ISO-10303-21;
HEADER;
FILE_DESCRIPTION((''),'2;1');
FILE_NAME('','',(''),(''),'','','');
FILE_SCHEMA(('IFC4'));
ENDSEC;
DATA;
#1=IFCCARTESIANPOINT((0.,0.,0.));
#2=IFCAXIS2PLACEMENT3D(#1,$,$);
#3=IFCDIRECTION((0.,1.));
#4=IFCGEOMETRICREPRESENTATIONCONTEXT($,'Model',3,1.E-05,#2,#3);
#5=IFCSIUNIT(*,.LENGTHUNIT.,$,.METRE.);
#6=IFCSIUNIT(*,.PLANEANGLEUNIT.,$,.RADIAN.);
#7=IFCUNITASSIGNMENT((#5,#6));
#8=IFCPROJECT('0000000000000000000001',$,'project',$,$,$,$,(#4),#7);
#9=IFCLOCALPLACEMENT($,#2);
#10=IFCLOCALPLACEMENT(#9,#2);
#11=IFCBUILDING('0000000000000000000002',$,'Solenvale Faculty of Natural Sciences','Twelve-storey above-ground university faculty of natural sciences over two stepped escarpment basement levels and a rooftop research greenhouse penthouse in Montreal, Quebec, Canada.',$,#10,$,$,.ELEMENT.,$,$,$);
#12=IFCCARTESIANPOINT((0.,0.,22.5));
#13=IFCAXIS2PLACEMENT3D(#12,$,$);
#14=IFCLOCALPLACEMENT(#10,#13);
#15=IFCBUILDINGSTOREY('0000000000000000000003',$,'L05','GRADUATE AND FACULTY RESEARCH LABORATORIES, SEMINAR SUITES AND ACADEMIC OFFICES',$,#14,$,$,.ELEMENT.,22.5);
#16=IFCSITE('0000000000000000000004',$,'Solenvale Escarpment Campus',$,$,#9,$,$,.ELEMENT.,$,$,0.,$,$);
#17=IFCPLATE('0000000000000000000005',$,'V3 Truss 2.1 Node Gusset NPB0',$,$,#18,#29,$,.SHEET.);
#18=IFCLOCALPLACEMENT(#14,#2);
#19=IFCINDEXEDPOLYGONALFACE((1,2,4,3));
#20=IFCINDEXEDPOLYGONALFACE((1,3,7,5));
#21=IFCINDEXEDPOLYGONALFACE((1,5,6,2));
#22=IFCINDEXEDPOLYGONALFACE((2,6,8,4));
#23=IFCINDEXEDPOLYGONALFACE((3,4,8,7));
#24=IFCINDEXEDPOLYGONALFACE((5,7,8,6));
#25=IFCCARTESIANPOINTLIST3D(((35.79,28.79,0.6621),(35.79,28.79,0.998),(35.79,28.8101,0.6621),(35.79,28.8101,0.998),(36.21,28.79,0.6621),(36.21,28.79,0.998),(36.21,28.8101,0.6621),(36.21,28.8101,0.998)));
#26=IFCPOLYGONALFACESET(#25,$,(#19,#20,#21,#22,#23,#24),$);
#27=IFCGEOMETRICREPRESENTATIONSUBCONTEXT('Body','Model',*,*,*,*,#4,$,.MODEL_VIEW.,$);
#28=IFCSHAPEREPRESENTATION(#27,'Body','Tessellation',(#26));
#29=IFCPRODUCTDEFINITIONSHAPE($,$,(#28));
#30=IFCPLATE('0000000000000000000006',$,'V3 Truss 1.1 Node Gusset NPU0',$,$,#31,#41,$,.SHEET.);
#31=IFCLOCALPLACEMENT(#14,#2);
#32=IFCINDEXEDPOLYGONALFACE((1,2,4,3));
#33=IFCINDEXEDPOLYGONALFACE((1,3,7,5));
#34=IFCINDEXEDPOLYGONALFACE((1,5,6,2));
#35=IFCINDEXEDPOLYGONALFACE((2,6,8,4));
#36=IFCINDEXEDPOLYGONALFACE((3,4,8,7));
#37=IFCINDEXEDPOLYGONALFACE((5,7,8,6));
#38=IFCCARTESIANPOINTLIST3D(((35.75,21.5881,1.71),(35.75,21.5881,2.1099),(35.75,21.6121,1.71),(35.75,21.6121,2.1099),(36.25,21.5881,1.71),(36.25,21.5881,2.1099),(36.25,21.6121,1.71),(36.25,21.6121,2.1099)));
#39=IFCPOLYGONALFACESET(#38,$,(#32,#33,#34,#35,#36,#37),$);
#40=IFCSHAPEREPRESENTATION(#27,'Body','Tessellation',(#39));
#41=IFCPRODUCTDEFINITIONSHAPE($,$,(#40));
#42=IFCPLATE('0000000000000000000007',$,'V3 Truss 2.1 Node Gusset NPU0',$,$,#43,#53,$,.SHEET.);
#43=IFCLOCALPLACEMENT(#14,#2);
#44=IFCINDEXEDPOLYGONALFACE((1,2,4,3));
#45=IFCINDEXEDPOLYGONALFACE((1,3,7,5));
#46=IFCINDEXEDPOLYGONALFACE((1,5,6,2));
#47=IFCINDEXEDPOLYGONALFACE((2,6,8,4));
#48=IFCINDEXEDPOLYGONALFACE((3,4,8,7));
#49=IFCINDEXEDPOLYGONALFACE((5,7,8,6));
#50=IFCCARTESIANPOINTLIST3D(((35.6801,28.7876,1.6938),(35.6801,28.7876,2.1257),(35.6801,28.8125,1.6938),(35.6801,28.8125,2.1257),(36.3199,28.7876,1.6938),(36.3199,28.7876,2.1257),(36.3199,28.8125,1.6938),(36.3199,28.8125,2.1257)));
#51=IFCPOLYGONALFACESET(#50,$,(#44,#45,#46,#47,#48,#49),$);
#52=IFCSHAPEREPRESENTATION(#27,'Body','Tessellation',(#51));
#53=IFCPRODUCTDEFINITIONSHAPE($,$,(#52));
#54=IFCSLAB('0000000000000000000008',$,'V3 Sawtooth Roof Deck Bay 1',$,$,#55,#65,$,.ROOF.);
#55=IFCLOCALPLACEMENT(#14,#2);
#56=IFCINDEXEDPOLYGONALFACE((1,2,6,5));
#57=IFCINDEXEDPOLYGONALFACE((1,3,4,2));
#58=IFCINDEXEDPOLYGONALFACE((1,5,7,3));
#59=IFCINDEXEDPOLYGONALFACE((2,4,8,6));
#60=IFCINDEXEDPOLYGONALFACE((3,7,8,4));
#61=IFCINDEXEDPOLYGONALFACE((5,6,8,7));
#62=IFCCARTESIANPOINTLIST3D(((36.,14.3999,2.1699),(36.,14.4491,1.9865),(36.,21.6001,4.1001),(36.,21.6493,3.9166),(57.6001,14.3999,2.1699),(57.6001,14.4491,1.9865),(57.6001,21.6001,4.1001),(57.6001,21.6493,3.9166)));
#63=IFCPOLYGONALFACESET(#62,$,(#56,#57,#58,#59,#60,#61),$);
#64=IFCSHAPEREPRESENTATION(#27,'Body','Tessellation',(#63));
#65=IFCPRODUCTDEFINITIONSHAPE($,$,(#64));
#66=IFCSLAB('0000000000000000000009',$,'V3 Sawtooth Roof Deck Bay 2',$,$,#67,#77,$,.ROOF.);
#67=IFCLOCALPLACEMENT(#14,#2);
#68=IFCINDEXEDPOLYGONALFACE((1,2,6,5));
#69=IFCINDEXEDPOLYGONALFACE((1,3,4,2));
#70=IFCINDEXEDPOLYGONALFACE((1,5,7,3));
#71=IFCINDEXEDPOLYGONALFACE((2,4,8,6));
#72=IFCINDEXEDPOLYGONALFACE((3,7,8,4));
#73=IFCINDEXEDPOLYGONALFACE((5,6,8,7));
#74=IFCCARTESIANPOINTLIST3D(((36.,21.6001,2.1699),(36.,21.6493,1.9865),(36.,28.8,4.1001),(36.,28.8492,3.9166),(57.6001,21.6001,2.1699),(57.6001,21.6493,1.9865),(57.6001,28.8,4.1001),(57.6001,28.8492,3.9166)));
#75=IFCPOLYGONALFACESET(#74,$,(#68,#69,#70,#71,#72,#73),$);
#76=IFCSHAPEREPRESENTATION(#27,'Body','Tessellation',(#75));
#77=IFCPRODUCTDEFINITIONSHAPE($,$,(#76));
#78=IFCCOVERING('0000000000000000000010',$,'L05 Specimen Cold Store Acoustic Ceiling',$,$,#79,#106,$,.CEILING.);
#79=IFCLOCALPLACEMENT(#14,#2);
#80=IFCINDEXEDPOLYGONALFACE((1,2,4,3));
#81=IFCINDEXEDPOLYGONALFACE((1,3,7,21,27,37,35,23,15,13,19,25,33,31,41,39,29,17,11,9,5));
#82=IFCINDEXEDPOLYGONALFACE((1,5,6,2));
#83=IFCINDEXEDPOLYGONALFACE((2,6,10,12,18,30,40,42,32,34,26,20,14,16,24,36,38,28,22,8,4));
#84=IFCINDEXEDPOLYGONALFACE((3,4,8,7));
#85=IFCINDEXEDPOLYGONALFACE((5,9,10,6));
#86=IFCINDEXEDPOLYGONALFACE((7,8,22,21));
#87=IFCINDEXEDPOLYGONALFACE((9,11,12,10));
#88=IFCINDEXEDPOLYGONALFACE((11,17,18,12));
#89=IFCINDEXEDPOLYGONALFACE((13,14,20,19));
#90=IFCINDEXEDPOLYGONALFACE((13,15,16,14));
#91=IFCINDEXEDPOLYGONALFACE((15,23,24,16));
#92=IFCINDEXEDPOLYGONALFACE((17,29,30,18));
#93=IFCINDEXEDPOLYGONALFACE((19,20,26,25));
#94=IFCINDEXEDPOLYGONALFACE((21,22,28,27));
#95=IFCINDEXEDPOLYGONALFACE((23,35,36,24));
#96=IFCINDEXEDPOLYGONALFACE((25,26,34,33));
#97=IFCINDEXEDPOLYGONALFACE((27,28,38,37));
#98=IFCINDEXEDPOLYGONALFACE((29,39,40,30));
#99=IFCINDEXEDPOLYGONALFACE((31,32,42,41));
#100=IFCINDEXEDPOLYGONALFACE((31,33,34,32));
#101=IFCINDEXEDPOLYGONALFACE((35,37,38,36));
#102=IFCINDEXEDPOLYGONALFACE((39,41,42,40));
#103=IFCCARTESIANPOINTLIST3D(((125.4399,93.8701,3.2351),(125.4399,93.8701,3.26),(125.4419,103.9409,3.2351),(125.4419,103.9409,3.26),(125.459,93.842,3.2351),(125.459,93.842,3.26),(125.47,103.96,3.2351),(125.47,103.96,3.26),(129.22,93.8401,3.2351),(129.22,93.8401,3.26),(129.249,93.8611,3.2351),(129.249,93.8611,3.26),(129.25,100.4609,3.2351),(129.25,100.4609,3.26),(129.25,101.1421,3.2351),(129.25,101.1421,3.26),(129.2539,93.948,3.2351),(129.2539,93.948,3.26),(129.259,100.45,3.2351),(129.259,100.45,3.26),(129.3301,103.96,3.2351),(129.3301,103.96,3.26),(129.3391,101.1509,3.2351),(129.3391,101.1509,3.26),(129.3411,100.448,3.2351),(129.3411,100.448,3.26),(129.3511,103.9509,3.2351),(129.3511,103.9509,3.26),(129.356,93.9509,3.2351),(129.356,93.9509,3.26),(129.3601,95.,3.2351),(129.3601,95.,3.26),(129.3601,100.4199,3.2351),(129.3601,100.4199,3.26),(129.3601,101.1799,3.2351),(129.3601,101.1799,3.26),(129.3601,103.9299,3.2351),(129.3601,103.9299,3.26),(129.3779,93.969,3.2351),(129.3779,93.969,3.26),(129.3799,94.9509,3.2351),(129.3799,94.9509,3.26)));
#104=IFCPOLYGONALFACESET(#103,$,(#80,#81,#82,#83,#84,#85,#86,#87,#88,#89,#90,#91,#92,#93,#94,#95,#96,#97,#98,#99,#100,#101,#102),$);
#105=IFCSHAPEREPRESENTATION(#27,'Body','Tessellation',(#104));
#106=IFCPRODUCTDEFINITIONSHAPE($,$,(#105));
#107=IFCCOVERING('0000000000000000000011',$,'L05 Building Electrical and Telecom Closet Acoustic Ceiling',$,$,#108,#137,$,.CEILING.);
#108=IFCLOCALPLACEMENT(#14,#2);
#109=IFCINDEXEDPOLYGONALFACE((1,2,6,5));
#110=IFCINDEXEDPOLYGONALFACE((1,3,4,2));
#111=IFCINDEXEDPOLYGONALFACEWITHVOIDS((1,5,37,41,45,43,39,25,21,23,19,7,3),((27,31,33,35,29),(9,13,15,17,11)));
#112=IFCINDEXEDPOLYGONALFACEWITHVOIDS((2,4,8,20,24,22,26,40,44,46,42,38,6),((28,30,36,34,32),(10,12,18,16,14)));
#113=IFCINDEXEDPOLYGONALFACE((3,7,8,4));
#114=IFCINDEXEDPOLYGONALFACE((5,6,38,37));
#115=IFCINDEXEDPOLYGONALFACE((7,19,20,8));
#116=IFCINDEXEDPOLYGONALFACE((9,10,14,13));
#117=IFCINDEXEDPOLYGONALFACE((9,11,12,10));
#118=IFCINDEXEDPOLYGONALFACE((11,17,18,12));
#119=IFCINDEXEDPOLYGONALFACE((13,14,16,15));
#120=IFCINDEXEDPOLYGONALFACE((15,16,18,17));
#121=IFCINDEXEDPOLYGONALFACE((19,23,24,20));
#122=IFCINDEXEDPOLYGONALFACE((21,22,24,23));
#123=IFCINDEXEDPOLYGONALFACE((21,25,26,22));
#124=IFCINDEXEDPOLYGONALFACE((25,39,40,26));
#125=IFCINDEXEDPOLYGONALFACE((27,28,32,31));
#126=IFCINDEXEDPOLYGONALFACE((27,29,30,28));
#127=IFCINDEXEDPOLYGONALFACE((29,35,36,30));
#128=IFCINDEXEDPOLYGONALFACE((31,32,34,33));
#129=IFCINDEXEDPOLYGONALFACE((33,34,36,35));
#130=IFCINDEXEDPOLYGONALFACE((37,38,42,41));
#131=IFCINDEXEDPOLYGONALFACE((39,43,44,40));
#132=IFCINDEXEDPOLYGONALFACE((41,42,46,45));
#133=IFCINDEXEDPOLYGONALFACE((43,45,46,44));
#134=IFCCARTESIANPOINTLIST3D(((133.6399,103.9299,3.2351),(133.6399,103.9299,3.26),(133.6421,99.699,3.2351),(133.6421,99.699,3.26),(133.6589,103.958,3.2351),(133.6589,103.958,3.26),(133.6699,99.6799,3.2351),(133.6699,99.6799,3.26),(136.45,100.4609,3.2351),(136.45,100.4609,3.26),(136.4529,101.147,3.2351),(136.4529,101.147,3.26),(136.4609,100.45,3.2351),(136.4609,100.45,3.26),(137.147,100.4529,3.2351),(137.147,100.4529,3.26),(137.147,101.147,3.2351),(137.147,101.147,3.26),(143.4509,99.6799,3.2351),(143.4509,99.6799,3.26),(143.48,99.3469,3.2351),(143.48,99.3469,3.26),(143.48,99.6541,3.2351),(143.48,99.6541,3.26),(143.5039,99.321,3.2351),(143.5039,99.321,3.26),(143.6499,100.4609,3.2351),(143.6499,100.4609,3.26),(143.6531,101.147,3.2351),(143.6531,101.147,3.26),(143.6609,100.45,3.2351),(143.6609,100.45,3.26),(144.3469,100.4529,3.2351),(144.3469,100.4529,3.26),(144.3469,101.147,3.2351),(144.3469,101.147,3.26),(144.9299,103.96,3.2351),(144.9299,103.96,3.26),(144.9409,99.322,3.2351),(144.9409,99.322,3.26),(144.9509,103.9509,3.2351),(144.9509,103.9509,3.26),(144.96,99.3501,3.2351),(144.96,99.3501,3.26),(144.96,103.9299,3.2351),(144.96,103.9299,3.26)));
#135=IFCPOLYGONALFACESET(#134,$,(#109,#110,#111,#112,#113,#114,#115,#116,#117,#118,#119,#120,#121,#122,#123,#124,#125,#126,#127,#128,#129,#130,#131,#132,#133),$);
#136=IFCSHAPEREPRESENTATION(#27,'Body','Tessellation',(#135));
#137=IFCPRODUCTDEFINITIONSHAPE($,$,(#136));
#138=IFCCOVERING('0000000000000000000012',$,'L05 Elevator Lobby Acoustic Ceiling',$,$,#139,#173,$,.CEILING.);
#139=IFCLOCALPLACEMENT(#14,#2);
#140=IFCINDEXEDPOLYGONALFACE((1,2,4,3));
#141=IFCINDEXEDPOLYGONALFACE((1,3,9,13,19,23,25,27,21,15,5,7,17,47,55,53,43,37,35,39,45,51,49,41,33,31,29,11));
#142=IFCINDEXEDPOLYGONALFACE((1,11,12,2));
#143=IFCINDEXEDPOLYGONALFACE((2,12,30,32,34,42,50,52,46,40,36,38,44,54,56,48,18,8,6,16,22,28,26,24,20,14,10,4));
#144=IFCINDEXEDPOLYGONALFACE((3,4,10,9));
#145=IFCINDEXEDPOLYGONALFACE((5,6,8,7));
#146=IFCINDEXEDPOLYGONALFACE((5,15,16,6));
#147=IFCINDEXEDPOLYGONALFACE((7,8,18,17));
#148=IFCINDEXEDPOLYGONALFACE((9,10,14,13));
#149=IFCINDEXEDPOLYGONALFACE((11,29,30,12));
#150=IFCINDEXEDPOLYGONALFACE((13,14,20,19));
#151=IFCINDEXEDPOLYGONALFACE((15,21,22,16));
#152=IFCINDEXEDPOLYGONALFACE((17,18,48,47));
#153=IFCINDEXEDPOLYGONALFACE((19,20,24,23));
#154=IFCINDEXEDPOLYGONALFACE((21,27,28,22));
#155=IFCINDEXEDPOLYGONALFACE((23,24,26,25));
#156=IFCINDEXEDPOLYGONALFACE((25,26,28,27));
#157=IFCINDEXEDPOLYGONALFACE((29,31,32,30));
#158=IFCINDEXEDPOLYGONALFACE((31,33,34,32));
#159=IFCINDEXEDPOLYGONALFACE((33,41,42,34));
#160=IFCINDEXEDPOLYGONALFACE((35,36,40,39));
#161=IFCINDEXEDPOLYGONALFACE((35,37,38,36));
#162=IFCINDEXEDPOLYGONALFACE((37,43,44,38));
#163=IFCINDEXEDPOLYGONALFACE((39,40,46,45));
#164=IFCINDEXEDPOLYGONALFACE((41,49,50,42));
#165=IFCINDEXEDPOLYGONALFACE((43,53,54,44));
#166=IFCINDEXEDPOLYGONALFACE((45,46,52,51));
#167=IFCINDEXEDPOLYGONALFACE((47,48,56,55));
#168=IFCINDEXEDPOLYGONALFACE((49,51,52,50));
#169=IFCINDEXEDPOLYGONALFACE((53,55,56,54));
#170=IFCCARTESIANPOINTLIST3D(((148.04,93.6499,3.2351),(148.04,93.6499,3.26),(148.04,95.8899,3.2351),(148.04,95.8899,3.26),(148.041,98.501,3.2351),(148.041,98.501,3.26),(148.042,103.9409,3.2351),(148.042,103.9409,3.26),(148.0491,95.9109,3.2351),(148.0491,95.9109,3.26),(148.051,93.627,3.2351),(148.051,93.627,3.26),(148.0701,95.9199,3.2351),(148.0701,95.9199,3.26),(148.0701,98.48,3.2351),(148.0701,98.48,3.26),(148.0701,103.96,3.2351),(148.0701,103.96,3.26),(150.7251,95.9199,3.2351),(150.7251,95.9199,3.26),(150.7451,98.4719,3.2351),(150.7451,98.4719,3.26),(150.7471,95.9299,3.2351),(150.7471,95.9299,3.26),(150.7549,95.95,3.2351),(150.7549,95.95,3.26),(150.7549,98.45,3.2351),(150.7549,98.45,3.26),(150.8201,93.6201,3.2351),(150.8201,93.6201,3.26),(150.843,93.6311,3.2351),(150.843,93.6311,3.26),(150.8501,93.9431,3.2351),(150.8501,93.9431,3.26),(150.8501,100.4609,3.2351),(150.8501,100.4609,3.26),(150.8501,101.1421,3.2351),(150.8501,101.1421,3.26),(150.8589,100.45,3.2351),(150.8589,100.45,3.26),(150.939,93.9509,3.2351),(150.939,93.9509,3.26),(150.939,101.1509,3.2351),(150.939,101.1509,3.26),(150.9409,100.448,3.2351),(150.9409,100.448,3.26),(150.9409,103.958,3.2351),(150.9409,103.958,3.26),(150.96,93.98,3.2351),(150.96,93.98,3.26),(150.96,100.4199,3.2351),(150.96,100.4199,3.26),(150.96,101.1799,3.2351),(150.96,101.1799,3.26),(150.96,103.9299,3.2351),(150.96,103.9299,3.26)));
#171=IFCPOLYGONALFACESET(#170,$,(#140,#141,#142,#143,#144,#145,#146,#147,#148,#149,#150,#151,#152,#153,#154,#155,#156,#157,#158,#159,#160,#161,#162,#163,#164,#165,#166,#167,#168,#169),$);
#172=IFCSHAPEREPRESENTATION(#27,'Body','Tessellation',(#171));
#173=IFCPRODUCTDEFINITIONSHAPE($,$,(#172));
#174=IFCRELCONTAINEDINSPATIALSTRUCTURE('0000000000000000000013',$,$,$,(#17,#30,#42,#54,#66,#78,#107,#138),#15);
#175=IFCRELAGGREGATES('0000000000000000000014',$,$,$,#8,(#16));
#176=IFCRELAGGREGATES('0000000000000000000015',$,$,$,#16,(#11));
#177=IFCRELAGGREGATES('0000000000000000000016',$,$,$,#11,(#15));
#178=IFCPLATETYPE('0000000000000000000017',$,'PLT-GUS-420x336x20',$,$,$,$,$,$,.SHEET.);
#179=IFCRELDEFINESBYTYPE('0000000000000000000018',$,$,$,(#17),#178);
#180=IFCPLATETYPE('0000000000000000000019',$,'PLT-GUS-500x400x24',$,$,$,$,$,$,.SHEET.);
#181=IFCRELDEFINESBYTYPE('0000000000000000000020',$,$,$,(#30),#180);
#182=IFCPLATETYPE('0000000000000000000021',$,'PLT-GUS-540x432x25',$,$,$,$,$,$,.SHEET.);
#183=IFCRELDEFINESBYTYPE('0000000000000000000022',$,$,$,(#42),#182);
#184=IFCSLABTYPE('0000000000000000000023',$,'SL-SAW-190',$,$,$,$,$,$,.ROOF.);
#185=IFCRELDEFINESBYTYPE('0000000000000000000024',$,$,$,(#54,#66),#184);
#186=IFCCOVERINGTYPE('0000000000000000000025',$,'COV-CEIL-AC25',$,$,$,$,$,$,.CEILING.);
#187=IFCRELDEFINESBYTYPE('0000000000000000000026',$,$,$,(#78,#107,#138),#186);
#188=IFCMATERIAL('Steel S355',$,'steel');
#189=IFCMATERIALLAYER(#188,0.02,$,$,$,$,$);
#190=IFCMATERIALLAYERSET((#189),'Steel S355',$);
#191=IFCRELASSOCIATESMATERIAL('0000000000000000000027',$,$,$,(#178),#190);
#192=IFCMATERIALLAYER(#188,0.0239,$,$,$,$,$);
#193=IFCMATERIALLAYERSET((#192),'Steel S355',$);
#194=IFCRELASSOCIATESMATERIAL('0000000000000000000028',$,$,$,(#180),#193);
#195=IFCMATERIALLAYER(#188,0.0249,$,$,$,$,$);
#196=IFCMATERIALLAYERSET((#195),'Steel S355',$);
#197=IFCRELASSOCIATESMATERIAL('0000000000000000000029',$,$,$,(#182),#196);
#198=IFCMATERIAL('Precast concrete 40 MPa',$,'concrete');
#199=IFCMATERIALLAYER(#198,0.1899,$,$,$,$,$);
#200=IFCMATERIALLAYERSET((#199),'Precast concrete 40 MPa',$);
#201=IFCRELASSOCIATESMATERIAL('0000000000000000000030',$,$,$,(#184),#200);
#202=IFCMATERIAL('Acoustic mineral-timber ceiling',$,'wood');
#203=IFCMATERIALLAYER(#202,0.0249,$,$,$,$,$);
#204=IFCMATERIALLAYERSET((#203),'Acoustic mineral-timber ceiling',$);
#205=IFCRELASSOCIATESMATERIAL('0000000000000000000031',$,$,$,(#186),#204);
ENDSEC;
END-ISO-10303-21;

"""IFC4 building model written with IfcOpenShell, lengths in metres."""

from ifc_helpers import new_model, si_unit, direction, frame, origin, origin_2d, place, context, subcontext, project, spatial, polyline, rectangle, outline, extrude, material, layer, layer_set, type_object, element, save


model = new_model("IFC4")

# Units and contexts
model_context = context("Model", 3, precision=1e-05, world=origin(), true_north=direction((0.0, 1.0)))
body_context = subcontext(model_context, "Body", "Model", "MODEL_VIEW")
ifc_project = project(units=[si_unit("LENGTHUNIT", "METRE"), si_unit("PLANEANGLEUNIT", "RADIAN")], contexts=[model_context])

# Site, building, storey
site_placement = place(None, origin())
site = spatial("IfcSite", under=ifc_project, at=site_placement, Name="Solenvale Escarpment Campus", CompositionType="ELEMENT", RefElevation=0.0)
building_placement = place(site_placement, origin())
building = spatial("IfcBuilding", under=site, at=building_placement, Name="Solenvale Faculty of Natural Sciences", Description="Twelve-storey above-ground university faculty of natural sciences over two stepped escarpment basement levels and a rooftop research greenhouse penthouse in Montreal, Quebec, Canada.", CompositionType="ELEMENT")
storey_placement = place(building_placement, frame((0.0, 0.0, 22.5)))
storey = spatial("IfcBuildingStorey", under=building, at=storey_placement, Name="L05", Description="GRADUATE AND FACULTY RESEARCH LABORATORIES, SEMINAR SUITES AND ACADEMIC OFFICES", CompositionType="ELEMENT", Elevation=22.5)

# Shared definitions
ifc_material_1 = material(Name="Steel S355", Category="steel")

# Plates
ifc_layer_1 = layer(ifc_material_1, 0.02)
ifc_layer_set_1 = layer_set([ifc_layer_1], Name="Steel S355")
plate_type_1 = type_object("IfcPlateType", Name="PLT-GUS-420x336x20", PredefinedType="SHEET", material=ifc_layer_set_1)
plate_1_placement = place(storey_placement, frame((36.0, 28.8, 0.6621), z_axis=(0.0, 0.0, 1.0), x_axis=(1.0, 0.0, 0.0)))
element("IfcPlate", 1, at=plate_1_placement, inside=storey, type_object=plate_type_1, Name="V3 Truss 2.1 Node Gusset NPB0", PredefinedType="SHEET", context=body_context, shape_type="SweptSolid", body=[
    extrude(rectangle(XDim=0.4199, YDim=0.02, at=origin_2d()), origin(), (0.0, 0.0, 1.0), 0.3359),
])
ifc_layer_2 = layer(ifc_material_1, 0.0239)
ifc_layer_set_2 = layer_set([ifc_layer_2], Name="Steel S355")
plate_type_2 = type_object("IfcPlateType", Name="PLT-GUS-500x400x24", PredefinedType="SHEET", material=ifc_layer_set_2)
plate_2_placement = place(storey_placement, frame((36.0, 21.6001, 1.71), z_axis=(0.0, 0.0, 1.0), x_axis=(1.0, 0.0, 0.0)))
element("IfcPlate", 2, at=plate_2_placement, inside=storey, type_object=plate_type_2, Name="V3 Truss 1.1 Node Gusset NPU0", PredefinedType="SHEET", context=body_context, shape_type="SweptSolid", body=[
    extrude(rectangle(XDim=0.5, YDim=0.0239, at=origin_2d()), origin(), (0.0, 0.0, 1.0), 0.3999),
])
ifc_layer_3 = layer(ifc_material_1, 0.0249)
ifc_layer_set_3 = layer_set([ifc_layer_3], Name="Steel S355")
plate_type_3 = type_object("IfcPlateType", Name="PLT-GUS-540x432x25", PredefinedType="SHEET", material=ifc_layer_set_3)
plate_3_placement = place(storey_placement, frame((36.0, 28.8, 1.6938), z_axis=(0.0, 0.0, 1.0), x_axis=(1.0, 0.0, 0.0)))
element("IfcPlate", 3, at=plate_3_placement, inside=storey, type_object=plate_type_3, Name="V3 Truss 2.1 Node Gusset NPU0", PredefinedType="SHEET", context=body_context, shape_type="SweptSolid", body=[
    extrude(rectangle(XDim=0.6399, YDim=0.0249, at=origin_2d()), origin(), (0.0, 0.0, 1.0), 0.4319),
])

# Slabs
ifc_material_2 = material(Name="Precast concrete 40 MPa", Category="concrete")
ifc_layer_4 = layer(ifc_material_2, 0.1899)
ifc_layer_set_4 = layer_set([ifc_layer_4], Name="Precast concrete 40 MPa")
slab_type = type_object("IfcSlabType", Name="SL-SAW-190", PredefinedType="ROOF", material=ifc_layer_set_4)
slab_1_placement = place(storey_placement, frame((36.0, 14.3999, 2.1699), z_axis=(0.0, -0.25893, 0.965896), x_axis=(1.0, 0.0, 0.0)))
element("IfcSlab", 4, at=slab_1_placement, inside=storey, type_object=slab_type, Name="V3 Sawtooth Roof Deck Bay 1", PredefinedType="ROOF", context=body_context, shape_type="SweptSolid", body=[
    extrude(outline(polyline([(0.0, 0.0), (21.6001, 0.0), (21.6001, 7.4544), (0.0, 7.4544), (0.0, 0.0)])), origin(), (0.0, 0.0, -1.0), 0.1899),
])
slab_2_placement = place(storey_placement, frame((36.0, 21.6001, 2.1699), z_axis=(0.0, -0.258939, 0.965894), x_axis=(1.0, 0.0, 0.0)))
element("IfcSlab", 5, at=slab_2_placement, inside=storey, type_object=slab_type, Name="V3 Sawtooth Roof Deck Bay 2", PredefinedType="ROOF", context=body_context, shape_type="SweptSolid", body=[
    extrude(outline(polyline([(0.0, 0.0), (21.6001, 0.0), (21.6001, 7.4542), (0.0, 7.4542), (0.0, 0.0)])), origin(), (0.0, 0.0, -1.0), 0.1899),
])

# Coverings
ifc_material_3 = material(Name="Acoustic mineral-timber ceiling", Category="wood")
ifc_layer_5 = layer(ifc_material_3, 0.0249)
ifc_layer_set_5 = layer_set([ifc_layer_5], Name="Acoustic mineral-timber ceiling")
covering_type_1 = type_object("IfcCoveringType", Name="COV-CEIL-AC25", PredefinedType="CEILING", material=ifc_layer_set_5)
covering_1_placement = place(storey_placement, frame((0.0, 0.0, 3.2351)))
element("IfcCovering", 6, at=covering_1_placement, inside=storey, type_object=covering_type_1, Name="L05 Specimen Cold Store Acoustic Ceiling", PredefinedType="CEILING", context=body_context, shape_type="SweptSolid", body=[
    extrude(outline(polyline([(129.3301, 103.96), (129.3511, 103.9509), (129.3601, 103.9299), (129.3601, 101.1799), (129.3391, 101.1509), (129.25, 101.1421), (129.25, 100.4609), (129.259, 100.45), (129.3411, 100.448), (129.3601, 100.4199), (129.3601, 95.0), (129.3799, 94.9509), (129.3779, 93.969), (129.356, 93.9509), (129.2539, 93.948), (129.249, 93.8611), (129.22, 93.8401), (125.459, 93.842), (125.4399, 93.8701), (125.4419, 103.9409), (125.47, 103.96), (129.3301, 103.96)])), origin(), (0.0, 0.0, 1.0), 0.0249),
])
covering_2_placement = place(storey_placement, frame((0.0, 0.0, 3.2351)))
element("IfcCovering", 7, at=covering_2_placement, inside=storey, type_object=covering_type_1, Name="L05 Building Electrical and Telecom Closet Acoustic Ceiling", PredefinedType="CEILING", context=body_context, shape_type="SweptSolid", body=[
    extrude(outline(polyline([(144.9299, 103.96), (144.9509, 103.9509), (144.96, 103.9299), (144.96, 99.3501), (144.9409, 99.322), (143.5039, 99.321), (143.48, 99.3469), (143.48, 99.6541), (143.4509, 99.6799), (133.6699, 99.6799), (133.6421, 99.699), (133.6399, 103.9299), (133.6589, 103.958), (144.9299, 103.96)]), holes=[polyline([(143.6499, 100.4609), (143.6609, 100.45), (144.3469, 100.4529), (144.3469, 101.147), (143.6531, 101.147), (143.6499, 100.4609)]), polyline([(136.45, 100.4609), (136.4609, 100.45), (137.147, 100.4529), (137.147, 101.147), (136.4529, 101.147), (136.45, 100.4609)])]), origin(), (0.0, 0.0, 1.0), 0.0249),
])
covering_3_placement = place(storey_placement, frame((0.0, 0.0, 3.2351)))
element("IfcCovering", 8, at=covering_3_placement, inside=storey, type_object=covering_type_1, Name="L05 Elevator Lobby Acoustic Ceiling", PredefinedType="CEILING", context=body_context, shape_type="SweptSolid", body=[
    extrude(outline(polyline([(148.04, 95.8899), (148.0491, 95.9109), (148.0701, 95.9199), (150.7251, 95.9199), (150.7471, 95.9299), (150.7549, 95.95), (150.7549, 98.45), (150.7451, 98.4719), (148.0701, 98.48), (148.041, 98.501), (148.042, 103.9409), (148.0701, 103.96), (150.9409, 103.958), (150.96, 103.9299), (150.96, 101.1799), (150.939, 101.1509), (150.8501, 101.1421), (150.8501, 100.4609), (150.8589, 100.45), (150.9409, 100.448), (150.96, 100.4199), (150.96, 93.98), (150.939, 93.9509), (150.8501, 93.9431), (150.843, 93.6311), (150.8201, 93.6201), (148.051, 93.627), (148.04, 93.6499), (148.04, 95.8899)])), origin(), (0.0, 0.0, 1.0), 0.0249),
])

save(model, "model.ifc")
